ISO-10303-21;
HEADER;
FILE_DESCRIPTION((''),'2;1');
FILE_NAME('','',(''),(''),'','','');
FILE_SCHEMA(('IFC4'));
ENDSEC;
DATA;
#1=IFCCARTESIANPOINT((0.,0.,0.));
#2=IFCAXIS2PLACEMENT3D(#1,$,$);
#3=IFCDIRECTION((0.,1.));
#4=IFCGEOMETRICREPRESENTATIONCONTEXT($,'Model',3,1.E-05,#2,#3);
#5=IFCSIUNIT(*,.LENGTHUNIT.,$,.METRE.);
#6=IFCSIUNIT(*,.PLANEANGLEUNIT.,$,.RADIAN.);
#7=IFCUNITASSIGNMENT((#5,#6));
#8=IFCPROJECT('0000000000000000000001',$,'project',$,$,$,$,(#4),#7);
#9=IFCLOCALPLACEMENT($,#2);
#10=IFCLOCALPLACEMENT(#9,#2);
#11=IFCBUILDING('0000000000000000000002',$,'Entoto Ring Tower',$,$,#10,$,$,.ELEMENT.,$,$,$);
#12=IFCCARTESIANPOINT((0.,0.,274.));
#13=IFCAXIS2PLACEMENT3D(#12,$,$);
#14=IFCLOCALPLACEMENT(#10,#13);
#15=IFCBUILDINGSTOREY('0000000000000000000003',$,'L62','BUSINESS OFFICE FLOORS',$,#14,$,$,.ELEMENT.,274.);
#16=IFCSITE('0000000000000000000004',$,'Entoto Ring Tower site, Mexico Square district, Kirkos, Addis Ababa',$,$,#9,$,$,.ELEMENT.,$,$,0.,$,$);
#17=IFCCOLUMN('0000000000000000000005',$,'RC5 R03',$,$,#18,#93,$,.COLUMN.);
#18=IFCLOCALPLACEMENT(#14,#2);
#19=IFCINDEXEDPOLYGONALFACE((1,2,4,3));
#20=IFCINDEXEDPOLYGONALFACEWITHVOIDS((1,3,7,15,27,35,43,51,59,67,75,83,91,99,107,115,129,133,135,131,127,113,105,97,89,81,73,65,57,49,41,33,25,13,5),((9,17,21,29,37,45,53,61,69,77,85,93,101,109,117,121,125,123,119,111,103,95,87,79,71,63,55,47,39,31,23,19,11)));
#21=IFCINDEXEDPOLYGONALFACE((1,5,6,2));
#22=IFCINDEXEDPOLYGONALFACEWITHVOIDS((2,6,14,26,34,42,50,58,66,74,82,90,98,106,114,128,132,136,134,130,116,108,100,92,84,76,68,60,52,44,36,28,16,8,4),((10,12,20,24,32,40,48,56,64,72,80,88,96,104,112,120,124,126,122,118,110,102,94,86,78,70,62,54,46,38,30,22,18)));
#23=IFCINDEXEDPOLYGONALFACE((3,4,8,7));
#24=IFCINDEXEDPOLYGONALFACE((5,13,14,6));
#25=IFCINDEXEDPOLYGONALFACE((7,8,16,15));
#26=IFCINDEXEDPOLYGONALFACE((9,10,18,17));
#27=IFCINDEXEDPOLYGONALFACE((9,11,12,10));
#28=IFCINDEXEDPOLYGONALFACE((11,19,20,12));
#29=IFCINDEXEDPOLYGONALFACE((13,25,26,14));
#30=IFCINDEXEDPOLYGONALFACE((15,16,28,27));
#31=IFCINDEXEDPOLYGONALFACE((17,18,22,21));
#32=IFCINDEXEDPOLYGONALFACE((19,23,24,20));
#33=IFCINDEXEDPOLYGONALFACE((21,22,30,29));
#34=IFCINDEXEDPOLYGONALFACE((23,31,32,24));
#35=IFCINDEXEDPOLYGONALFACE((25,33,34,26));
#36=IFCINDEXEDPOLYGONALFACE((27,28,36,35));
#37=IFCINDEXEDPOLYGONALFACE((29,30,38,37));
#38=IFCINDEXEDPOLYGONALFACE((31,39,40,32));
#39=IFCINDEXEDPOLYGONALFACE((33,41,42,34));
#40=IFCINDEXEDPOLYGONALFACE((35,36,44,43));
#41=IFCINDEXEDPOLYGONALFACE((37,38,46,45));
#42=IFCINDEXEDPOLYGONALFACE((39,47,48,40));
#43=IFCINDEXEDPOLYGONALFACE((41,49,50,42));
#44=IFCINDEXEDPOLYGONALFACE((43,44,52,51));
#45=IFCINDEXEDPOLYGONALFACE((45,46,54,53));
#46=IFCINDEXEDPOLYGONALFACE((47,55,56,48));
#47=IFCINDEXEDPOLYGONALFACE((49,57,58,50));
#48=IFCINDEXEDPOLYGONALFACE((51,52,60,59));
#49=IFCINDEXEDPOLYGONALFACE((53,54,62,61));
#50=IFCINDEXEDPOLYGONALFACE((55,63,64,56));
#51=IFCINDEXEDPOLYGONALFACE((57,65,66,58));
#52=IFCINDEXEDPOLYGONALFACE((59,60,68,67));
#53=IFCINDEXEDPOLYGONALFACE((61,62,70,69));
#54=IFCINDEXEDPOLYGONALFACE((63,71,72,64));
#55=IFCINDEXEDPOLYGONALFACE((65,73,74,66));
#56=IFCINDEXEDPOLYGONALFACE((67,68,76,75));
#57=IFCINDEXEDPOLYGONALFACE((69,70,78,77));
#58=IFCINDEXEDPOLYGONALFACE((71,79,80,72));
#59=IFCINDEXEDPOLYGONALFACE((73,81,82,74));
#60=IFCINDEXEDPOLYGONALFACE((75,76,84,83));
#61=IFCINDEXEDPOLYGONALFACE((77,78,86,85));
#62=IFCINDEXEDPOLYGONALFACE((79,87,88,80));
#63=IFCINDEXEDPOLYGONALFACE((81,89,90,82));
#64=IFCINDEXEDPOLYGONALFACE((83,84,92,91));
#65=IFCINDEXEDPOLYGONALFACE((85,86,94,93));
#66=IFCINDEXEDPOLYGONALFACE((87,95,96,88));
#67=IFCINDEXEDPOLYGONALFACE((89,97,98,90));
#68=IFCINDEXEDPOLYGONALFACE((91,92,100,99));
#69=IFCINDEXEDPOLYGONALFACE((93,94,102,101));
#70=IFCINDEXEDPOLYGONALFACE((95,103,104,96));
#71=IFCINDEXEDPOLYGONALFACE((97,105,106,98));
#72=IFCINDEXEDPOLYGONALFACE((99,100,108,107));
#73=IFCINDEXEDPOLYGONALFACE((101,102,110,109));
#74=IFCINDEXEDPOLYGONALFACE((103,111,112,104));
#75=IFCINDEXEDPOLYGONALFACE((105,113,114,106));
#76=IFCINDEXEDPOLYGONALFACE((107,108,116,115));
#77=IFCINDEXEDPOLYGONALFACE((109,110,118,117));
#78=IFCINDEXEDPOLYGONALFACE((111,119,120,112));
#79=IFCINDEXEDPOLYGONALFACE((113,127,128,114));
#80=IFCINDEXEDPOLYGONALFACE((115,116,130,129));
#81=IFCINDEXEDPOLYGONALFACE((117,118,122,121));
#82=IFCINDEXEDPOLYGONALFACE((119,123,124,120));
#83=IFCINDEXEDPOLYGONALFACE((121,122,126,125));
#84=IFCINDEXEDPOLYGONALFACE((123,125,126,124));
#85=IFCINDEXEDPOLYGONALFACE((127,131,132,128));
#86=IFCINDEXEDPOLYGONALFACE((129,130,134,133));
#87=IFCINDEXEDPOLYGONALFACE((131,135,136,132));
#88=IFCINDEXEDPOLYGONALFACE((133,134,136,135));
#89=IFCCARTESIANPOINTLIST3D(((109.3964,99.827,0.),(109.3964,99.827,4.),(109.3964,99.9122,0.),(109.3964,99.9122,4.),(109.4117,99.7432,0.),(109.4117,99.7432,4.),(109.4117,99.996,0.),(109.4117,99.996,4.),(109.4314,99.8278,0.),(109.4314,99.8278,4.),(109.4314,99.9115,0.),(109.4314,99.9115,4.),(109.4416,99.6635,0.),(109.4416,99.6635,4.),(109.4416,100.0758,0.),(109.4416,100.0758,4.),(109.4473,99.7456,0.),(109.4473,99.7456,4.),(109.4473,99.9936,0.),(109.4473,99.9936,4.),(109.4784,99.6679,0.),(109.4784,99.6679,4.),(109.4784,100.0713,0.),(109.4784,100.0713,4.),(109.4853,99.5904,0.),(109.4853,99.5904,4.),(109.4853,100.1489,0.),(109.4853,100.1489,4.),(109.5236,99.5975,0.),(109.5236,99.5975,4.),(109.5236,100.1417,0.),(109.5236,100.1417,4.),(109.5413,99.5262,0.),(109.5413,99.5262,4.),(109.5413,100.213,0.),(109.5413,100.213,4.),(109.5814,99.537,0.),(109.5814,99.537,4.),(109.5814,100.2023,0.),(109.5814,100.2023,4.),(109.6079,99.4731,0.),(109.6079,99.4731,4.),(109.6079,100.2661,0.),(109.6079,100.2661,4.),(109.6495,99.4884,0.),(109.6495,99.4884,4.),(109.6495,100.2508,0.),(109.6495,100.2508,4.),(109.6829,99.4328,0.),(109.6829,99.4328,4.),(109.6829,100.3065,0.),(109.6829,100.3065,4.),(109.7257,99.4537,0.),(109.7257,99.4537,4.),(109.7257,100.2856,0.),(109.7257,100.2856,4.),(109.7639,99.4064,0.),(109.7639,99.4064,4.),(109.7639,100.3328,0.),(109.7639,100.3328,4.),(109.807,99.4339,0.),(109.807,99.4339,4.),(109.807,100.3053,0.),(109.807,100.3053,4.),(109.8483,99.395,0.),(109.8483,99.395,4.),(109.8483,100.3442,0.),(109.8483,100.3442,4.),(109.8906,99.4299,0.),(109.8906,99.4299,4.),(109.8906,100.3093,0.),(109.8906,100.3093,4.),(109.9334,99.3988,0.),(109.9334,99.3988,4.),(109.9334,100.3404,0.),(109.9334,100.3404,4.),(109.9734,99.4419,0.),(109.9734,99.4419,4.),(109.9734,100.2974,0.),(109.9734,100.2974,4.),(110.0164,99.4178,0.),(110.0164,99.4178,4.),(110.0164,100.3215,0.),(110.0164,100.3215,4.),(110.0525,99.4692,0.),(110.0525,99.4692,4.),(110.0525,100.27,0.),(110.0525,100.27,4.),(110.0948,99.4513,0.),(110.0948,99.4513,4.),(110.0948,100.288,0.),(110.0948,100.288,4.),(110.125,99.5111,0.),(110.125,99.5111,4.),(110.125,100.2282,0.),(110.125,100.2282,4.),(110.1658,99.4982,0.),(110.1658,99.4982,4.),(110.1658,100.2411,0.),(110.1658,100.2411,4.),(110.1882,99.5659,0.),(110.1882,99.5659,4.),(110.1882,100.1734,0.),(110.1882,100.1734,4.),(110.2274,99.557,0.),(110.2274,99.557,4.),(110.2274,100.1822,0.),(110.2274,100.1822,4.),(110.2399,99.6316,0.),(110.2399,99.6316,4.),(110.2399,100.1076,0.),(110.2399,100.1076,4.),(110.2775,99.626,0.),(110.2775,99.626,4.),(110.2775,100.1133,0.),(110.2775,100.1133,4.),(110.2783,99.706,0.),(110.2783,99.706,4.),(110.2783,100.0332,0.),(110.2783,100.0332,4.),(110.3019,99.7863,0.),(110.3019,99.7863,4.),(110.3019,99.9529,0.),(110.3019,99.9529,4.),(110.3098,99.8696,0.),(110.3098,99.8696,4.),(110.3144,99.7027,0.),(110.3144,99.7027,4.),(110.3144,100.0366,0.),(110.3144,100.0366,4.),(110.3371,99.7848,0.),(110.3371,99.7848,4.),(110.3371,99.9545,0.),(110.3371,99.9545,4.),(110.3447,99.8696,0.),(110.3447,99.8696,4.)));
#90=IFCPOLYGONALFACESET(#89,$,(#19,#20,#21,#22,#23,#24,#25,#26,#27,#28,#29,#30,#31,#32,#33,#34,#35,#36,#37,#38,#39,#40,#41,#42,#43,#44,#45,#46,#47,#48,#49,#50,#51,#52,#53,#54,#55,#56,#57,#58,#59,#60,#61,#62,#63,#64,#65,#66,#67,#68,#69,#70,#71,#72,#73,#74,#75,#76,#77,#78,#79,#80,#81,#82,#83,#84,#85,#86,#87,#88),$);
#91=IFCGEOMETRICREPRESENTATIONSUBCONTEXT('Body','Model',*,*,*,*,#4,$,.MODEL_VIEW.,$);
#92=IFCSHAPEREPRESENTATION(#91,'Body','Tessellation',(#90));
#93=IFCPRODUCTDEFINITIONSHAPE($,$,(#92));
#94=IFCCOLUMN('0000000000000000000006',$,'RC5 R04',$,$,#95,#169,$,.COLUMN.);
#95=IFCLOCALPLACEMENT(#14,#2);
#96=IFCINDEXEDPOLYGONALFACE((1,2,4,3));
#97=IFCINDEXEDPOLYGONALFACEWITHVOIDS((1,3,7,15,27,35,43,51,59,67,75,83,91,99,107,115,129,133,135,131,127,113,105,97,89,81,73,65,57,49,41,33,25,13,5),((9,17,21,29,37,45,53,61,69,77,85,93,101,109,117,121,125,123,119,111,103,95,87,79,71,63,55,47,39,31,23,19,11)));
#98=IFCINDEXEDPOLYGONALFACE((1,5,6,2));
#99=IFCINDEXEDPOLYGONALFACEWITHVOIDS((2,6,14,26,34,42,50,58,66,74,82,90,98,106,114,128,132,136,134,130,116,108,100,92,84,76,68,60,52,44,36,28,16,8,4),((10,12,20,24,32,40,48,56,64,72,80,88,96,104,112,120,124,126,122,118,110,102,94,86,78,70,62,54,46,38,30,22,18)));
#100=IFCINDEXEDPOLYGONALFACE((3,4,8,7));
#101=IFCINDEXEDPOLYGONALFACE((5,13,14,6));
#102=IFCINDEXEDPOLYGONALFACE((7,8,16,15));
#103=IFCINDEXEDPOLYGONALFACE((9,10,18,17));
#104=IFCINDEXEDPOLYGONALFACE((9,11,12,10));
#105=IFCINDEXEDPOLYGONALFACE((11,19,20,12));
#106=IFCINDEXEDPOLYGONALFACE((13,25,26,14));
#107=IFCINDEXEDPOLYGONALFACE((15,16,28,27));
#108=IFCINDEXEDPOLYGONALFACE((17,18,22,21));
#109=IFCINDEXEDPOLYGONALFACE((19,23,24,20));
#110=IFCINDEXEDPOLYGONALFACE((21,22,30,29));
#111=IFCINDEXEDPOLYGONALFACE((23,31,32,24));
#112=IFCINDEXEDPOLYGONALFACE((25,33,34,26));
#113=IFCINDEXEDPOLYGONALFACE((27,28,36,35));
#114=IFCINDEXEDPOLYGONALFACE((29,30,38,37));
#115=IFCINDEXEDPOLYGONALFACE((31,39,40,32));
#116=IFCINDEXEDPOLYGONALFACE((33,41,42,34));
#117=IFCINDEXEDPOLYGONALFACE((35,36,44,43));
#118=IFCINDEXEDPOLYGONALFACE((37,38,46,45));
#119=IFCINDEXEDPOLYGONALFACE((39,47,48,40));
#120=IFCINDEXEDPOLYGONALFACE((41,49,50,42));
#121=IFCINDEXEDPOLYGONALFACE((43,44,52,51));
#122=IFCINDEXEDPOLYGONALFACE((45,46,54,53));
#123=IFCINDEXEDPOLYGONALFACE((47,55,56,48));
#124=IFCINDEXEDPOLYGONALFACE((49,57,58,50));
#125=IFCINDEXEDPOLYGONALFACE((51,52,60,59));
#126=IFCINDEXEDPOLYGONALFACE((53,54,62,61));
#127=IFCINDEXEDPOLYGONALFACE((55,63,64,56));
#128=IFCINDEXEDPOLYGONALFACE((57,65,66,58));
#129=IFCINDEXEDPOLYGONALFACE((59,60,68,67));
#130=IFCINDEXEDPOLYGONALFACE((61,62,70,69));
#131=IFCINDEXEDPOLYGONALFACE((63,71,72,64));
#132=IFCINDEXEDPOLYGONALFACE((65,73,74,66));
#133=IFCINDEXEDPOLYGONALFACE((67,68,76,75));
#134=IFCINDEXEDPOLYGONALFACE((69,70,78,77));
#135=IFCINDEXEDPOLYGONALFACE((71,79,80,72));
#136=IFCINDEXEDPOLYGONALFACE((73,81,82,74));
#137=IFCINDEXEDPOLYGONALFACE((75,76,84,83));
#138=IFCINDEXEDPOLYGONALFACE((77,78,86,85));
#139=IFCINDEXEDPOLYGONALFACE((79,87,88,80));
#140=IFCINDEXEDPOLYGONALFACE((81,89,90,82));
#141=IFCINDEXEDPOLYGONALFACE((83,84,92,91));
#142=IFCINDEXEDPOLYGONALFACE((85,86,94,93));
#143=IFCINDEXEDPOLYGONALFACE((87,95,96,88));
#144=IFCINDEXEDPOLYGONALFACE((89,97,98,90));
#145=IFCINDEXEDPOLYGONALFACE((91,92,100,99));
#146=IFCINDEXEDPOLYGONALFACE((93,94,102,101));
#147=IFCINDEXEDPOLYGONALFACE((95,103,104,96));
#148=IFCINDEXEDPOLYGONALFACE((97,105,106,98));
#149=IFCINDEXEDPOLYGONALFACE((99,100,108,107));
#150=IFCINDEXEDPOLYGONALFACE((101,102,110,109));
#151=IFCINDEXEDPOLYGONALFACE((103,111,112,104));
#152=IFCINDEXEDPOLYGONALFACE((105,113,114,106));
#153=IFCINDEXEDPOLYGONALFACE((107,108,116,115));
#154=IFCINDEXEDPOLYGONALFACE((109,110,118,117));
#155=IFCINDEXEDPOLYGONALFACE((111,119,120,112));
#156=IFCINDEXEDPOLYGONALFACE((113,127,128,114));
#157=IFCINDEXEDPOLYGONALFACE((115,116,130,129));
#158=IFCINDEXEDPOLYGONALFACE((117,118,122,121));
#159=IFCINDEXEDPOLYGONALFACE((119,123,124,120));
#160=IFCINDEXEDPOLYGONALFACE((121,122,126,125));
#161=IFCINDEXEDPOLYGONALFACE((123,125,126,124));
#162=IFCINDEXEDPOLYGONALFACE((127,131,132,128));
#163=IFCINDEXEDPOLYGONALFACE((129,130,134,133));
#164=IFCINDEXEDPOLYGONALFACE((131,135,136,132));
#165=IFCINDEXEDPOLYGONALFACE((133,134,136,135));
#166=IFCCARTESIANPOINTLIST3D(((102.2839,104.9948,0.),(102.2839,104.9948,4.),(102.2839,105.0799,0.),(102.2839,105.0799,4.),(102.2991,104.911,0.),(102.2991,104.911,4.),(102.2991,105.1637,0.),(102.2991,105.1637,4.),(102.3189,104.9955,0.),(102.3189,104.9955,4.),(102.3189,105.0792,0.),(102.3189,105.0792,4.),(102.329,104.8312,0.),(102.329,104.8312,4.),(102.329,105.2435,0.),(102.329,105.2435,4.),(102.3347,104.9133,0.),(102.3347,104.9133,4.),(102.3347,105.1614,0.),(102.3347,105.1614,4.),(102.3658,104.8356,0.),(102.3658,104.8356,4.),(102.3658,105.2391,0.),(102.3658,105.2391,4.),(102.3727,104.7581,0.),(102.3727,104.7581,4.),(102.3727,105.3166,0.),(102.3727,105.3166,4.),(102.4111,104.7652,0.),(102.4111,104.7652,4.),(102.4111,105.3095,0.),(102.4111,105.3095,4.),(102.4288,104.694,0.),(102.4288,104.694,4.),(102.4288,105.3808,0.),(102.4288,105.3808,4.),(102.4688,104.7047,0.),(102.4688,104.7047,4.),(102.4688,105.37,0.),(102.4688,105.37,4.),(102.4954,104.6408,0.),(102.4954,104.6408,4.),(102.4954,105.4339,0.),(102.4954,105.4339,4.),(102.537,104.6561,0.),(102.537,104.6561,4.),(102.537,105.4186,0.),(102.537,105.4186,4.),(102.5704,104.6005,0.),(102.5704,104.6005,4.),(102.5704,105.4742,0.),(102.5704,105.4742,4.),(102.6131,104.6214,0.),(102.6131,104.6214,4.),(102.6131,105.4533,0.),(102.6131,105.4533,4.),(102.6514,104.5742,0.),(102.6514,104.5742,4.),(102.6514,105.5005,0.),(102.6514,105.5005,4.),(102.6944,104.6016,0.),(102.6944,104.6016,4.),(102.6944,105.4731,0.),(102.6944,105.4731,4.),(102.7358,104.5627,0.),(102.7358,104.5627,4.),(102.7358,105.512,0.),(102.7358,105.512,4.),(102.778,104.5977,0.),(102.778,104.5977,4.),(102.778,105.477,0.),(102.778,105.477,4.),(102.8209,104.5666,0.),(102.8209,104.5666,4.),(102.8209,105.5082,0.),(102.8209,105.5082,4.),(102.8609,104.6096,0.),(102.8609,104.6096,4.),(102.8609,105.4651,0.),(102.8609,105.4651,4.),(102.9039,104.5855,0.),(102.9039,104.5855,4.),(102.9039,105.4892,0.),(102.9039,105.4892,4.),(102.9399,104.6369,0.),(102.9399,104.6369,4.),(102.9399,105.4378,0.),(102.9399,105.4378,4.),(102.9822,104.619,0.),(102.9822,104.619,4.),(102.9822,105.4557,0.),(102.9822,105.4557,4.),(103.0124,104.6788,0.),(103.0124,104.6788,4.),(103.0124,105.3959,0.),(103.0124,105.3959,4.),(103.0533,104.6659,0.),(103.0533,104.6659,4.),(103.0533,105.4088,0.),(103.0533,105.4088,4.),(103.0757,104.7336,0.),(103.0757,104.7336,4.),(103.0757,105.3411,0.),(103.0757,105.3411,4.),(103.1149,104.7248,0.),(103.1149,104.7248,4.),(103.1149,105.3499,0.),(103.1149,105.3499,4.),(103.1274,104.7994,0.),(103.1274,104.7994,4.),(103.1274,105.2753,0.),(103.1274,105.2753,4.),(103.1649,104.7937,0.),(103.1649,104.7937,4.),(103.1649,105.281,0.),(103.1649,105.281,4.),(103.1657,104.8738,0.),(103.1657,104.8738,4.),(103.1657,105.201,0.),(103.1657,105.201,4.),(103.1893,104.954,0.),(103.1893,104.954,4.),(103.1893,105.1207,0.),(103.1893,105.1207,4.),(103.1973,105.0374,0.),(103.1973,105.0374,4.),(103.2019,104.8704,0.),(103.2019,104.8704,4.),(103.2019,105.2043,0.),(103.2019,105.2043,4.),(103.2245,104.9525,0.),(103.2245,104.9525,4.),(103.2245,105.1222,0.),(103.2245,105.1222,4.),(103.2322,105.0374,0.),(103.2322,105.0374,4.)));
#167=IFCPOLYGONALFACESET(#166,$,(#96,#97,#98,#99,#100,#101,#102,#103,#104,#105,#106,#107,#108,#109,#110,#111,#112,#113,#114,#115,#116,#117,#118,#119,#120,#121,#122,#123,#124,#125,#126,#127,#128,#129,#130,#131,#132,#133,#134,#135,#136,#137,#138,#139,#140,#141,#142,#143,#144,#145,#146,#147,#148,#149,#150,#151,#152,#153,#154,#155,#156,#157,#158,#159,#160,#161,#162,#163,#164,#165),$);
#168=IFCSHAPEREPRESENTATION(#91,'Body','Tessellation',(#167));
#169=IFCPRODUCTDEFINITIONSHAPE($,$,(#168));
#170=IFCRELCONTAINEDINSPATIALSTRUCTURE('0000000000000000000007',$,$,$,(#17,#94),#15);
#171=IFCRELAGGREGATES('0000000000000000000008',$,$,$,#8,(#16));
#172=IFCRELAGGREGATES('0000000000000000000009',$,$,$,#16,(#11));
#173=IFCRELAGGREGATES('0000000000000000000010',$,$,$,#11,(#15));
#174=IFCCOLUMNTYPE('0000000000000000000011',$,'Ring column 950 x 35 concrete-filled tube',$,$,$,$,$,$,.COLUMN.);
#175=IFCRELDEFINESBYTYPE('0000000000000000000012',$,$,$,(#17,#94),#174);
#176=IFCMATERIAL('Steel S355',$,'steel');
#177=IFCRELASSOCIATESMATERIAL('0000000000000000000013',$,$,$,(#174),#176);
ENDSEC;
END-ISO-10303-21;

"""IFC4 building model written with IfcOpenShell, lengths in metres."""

from ifc_helpers import new_model, si_unit, direction, frame, origin, origin_2d, place, context, subcontext, project, spatial, circle, hollow_circle, extrude, material, material_profile, profile_set, type_object, element, save


model = new_model("IFC4")

# Units and contexts
model_context = context("Model", 3, precision=1e-05, world=origin(), true_north=direction((0.0, 1.0)))
body_context = subcontext(model_context, "Body", "Model", "MODEL_VIEW")
ifc_project = project(units=[si_unit("LENGTHUNIT", "METRE"), si_unit("PLANEANGLEUNIT", "RADIAN")], contexts=[model_context])

# Site, building, storey
site_placement = place(None, origin())
site = spatial("IfcSite", under=ifc_project, at=site_placement, Name="Entoto Ring Tower site, Mexico Square district, Kirkos, Addis Ababa", CompositionType="ELEMENT", RefElevation=0.0)
building_placement = place(site_placement, origin())
building = spatial("IfcBuilding", under=site, at=building_placement, Name="Entoto Ring Tower", CompositionType="ELEMENT")
storey_placement = place(building_placement, frame((0.0, 0.0, 274.0)))
storey = spatial("IfcBuildingStorey", under=building, at=storey_placement, Name="L62", Description="BUSINESS OFFICE FLOORS", CompositionType="ELEMENT", Elevation=274.0)

# Columns
ifc_material_1 = material(Name="Steel S355", Category="steel")
ifc_material_profile_1 = material_profile(ifc_material_1, hollow_circle(Radius=0.4751, WallThickness=0.0349, at=origin_2d()), Name="CHS 950 x 35")
ifc_material_2 = material(Name="Concrete C60/75", Category="concrete")
ifc_material_profile_2 = material_profile(ifc_material_2, circle(Radius=0.4399, at=origin_2d()), Name="Concrete C60/75 infill")
ifc_profile_set_1 = profile_set([ifc_material_profile_1, ifc_material_profile_2], Name="Steel S355")
column_type = type_object("IfcColumnType", Name="Ring column 950 x 35 concrete-filled tube", PredefinedType="COLUMN", material=ifc_profile_set_1)
for number, where, z_axis, x_axis, name in (
    (1, (109.8696, 99.8696, 0.0), (0.0, 0.0, 1.0), (1.0, 0.0, 0.0), "RC5 R03"),
    (2, (102.7571, 105.0374, 0.0), (0.0, 0.0, 1.0), (1.0, 0.0, 0.0), "RC5 R04"),
):
    element("IfcColumn", number, at=place(storey_placement, frame(where, z_axis=z_axis, x_axis=x_axis)), inside=storey, type_object=column_type, Name=name, PredefinedType="COLUMN", context=body_context, shape_type="SweptSolid", body=[
        extrude(hollow_circle(Radius=0.4751, WallThickness=0.0349, at=origin_2d()), origin(), (0.0, 0.0, 1.0), 4.0),
    ])

save(model, "model.ifc")
